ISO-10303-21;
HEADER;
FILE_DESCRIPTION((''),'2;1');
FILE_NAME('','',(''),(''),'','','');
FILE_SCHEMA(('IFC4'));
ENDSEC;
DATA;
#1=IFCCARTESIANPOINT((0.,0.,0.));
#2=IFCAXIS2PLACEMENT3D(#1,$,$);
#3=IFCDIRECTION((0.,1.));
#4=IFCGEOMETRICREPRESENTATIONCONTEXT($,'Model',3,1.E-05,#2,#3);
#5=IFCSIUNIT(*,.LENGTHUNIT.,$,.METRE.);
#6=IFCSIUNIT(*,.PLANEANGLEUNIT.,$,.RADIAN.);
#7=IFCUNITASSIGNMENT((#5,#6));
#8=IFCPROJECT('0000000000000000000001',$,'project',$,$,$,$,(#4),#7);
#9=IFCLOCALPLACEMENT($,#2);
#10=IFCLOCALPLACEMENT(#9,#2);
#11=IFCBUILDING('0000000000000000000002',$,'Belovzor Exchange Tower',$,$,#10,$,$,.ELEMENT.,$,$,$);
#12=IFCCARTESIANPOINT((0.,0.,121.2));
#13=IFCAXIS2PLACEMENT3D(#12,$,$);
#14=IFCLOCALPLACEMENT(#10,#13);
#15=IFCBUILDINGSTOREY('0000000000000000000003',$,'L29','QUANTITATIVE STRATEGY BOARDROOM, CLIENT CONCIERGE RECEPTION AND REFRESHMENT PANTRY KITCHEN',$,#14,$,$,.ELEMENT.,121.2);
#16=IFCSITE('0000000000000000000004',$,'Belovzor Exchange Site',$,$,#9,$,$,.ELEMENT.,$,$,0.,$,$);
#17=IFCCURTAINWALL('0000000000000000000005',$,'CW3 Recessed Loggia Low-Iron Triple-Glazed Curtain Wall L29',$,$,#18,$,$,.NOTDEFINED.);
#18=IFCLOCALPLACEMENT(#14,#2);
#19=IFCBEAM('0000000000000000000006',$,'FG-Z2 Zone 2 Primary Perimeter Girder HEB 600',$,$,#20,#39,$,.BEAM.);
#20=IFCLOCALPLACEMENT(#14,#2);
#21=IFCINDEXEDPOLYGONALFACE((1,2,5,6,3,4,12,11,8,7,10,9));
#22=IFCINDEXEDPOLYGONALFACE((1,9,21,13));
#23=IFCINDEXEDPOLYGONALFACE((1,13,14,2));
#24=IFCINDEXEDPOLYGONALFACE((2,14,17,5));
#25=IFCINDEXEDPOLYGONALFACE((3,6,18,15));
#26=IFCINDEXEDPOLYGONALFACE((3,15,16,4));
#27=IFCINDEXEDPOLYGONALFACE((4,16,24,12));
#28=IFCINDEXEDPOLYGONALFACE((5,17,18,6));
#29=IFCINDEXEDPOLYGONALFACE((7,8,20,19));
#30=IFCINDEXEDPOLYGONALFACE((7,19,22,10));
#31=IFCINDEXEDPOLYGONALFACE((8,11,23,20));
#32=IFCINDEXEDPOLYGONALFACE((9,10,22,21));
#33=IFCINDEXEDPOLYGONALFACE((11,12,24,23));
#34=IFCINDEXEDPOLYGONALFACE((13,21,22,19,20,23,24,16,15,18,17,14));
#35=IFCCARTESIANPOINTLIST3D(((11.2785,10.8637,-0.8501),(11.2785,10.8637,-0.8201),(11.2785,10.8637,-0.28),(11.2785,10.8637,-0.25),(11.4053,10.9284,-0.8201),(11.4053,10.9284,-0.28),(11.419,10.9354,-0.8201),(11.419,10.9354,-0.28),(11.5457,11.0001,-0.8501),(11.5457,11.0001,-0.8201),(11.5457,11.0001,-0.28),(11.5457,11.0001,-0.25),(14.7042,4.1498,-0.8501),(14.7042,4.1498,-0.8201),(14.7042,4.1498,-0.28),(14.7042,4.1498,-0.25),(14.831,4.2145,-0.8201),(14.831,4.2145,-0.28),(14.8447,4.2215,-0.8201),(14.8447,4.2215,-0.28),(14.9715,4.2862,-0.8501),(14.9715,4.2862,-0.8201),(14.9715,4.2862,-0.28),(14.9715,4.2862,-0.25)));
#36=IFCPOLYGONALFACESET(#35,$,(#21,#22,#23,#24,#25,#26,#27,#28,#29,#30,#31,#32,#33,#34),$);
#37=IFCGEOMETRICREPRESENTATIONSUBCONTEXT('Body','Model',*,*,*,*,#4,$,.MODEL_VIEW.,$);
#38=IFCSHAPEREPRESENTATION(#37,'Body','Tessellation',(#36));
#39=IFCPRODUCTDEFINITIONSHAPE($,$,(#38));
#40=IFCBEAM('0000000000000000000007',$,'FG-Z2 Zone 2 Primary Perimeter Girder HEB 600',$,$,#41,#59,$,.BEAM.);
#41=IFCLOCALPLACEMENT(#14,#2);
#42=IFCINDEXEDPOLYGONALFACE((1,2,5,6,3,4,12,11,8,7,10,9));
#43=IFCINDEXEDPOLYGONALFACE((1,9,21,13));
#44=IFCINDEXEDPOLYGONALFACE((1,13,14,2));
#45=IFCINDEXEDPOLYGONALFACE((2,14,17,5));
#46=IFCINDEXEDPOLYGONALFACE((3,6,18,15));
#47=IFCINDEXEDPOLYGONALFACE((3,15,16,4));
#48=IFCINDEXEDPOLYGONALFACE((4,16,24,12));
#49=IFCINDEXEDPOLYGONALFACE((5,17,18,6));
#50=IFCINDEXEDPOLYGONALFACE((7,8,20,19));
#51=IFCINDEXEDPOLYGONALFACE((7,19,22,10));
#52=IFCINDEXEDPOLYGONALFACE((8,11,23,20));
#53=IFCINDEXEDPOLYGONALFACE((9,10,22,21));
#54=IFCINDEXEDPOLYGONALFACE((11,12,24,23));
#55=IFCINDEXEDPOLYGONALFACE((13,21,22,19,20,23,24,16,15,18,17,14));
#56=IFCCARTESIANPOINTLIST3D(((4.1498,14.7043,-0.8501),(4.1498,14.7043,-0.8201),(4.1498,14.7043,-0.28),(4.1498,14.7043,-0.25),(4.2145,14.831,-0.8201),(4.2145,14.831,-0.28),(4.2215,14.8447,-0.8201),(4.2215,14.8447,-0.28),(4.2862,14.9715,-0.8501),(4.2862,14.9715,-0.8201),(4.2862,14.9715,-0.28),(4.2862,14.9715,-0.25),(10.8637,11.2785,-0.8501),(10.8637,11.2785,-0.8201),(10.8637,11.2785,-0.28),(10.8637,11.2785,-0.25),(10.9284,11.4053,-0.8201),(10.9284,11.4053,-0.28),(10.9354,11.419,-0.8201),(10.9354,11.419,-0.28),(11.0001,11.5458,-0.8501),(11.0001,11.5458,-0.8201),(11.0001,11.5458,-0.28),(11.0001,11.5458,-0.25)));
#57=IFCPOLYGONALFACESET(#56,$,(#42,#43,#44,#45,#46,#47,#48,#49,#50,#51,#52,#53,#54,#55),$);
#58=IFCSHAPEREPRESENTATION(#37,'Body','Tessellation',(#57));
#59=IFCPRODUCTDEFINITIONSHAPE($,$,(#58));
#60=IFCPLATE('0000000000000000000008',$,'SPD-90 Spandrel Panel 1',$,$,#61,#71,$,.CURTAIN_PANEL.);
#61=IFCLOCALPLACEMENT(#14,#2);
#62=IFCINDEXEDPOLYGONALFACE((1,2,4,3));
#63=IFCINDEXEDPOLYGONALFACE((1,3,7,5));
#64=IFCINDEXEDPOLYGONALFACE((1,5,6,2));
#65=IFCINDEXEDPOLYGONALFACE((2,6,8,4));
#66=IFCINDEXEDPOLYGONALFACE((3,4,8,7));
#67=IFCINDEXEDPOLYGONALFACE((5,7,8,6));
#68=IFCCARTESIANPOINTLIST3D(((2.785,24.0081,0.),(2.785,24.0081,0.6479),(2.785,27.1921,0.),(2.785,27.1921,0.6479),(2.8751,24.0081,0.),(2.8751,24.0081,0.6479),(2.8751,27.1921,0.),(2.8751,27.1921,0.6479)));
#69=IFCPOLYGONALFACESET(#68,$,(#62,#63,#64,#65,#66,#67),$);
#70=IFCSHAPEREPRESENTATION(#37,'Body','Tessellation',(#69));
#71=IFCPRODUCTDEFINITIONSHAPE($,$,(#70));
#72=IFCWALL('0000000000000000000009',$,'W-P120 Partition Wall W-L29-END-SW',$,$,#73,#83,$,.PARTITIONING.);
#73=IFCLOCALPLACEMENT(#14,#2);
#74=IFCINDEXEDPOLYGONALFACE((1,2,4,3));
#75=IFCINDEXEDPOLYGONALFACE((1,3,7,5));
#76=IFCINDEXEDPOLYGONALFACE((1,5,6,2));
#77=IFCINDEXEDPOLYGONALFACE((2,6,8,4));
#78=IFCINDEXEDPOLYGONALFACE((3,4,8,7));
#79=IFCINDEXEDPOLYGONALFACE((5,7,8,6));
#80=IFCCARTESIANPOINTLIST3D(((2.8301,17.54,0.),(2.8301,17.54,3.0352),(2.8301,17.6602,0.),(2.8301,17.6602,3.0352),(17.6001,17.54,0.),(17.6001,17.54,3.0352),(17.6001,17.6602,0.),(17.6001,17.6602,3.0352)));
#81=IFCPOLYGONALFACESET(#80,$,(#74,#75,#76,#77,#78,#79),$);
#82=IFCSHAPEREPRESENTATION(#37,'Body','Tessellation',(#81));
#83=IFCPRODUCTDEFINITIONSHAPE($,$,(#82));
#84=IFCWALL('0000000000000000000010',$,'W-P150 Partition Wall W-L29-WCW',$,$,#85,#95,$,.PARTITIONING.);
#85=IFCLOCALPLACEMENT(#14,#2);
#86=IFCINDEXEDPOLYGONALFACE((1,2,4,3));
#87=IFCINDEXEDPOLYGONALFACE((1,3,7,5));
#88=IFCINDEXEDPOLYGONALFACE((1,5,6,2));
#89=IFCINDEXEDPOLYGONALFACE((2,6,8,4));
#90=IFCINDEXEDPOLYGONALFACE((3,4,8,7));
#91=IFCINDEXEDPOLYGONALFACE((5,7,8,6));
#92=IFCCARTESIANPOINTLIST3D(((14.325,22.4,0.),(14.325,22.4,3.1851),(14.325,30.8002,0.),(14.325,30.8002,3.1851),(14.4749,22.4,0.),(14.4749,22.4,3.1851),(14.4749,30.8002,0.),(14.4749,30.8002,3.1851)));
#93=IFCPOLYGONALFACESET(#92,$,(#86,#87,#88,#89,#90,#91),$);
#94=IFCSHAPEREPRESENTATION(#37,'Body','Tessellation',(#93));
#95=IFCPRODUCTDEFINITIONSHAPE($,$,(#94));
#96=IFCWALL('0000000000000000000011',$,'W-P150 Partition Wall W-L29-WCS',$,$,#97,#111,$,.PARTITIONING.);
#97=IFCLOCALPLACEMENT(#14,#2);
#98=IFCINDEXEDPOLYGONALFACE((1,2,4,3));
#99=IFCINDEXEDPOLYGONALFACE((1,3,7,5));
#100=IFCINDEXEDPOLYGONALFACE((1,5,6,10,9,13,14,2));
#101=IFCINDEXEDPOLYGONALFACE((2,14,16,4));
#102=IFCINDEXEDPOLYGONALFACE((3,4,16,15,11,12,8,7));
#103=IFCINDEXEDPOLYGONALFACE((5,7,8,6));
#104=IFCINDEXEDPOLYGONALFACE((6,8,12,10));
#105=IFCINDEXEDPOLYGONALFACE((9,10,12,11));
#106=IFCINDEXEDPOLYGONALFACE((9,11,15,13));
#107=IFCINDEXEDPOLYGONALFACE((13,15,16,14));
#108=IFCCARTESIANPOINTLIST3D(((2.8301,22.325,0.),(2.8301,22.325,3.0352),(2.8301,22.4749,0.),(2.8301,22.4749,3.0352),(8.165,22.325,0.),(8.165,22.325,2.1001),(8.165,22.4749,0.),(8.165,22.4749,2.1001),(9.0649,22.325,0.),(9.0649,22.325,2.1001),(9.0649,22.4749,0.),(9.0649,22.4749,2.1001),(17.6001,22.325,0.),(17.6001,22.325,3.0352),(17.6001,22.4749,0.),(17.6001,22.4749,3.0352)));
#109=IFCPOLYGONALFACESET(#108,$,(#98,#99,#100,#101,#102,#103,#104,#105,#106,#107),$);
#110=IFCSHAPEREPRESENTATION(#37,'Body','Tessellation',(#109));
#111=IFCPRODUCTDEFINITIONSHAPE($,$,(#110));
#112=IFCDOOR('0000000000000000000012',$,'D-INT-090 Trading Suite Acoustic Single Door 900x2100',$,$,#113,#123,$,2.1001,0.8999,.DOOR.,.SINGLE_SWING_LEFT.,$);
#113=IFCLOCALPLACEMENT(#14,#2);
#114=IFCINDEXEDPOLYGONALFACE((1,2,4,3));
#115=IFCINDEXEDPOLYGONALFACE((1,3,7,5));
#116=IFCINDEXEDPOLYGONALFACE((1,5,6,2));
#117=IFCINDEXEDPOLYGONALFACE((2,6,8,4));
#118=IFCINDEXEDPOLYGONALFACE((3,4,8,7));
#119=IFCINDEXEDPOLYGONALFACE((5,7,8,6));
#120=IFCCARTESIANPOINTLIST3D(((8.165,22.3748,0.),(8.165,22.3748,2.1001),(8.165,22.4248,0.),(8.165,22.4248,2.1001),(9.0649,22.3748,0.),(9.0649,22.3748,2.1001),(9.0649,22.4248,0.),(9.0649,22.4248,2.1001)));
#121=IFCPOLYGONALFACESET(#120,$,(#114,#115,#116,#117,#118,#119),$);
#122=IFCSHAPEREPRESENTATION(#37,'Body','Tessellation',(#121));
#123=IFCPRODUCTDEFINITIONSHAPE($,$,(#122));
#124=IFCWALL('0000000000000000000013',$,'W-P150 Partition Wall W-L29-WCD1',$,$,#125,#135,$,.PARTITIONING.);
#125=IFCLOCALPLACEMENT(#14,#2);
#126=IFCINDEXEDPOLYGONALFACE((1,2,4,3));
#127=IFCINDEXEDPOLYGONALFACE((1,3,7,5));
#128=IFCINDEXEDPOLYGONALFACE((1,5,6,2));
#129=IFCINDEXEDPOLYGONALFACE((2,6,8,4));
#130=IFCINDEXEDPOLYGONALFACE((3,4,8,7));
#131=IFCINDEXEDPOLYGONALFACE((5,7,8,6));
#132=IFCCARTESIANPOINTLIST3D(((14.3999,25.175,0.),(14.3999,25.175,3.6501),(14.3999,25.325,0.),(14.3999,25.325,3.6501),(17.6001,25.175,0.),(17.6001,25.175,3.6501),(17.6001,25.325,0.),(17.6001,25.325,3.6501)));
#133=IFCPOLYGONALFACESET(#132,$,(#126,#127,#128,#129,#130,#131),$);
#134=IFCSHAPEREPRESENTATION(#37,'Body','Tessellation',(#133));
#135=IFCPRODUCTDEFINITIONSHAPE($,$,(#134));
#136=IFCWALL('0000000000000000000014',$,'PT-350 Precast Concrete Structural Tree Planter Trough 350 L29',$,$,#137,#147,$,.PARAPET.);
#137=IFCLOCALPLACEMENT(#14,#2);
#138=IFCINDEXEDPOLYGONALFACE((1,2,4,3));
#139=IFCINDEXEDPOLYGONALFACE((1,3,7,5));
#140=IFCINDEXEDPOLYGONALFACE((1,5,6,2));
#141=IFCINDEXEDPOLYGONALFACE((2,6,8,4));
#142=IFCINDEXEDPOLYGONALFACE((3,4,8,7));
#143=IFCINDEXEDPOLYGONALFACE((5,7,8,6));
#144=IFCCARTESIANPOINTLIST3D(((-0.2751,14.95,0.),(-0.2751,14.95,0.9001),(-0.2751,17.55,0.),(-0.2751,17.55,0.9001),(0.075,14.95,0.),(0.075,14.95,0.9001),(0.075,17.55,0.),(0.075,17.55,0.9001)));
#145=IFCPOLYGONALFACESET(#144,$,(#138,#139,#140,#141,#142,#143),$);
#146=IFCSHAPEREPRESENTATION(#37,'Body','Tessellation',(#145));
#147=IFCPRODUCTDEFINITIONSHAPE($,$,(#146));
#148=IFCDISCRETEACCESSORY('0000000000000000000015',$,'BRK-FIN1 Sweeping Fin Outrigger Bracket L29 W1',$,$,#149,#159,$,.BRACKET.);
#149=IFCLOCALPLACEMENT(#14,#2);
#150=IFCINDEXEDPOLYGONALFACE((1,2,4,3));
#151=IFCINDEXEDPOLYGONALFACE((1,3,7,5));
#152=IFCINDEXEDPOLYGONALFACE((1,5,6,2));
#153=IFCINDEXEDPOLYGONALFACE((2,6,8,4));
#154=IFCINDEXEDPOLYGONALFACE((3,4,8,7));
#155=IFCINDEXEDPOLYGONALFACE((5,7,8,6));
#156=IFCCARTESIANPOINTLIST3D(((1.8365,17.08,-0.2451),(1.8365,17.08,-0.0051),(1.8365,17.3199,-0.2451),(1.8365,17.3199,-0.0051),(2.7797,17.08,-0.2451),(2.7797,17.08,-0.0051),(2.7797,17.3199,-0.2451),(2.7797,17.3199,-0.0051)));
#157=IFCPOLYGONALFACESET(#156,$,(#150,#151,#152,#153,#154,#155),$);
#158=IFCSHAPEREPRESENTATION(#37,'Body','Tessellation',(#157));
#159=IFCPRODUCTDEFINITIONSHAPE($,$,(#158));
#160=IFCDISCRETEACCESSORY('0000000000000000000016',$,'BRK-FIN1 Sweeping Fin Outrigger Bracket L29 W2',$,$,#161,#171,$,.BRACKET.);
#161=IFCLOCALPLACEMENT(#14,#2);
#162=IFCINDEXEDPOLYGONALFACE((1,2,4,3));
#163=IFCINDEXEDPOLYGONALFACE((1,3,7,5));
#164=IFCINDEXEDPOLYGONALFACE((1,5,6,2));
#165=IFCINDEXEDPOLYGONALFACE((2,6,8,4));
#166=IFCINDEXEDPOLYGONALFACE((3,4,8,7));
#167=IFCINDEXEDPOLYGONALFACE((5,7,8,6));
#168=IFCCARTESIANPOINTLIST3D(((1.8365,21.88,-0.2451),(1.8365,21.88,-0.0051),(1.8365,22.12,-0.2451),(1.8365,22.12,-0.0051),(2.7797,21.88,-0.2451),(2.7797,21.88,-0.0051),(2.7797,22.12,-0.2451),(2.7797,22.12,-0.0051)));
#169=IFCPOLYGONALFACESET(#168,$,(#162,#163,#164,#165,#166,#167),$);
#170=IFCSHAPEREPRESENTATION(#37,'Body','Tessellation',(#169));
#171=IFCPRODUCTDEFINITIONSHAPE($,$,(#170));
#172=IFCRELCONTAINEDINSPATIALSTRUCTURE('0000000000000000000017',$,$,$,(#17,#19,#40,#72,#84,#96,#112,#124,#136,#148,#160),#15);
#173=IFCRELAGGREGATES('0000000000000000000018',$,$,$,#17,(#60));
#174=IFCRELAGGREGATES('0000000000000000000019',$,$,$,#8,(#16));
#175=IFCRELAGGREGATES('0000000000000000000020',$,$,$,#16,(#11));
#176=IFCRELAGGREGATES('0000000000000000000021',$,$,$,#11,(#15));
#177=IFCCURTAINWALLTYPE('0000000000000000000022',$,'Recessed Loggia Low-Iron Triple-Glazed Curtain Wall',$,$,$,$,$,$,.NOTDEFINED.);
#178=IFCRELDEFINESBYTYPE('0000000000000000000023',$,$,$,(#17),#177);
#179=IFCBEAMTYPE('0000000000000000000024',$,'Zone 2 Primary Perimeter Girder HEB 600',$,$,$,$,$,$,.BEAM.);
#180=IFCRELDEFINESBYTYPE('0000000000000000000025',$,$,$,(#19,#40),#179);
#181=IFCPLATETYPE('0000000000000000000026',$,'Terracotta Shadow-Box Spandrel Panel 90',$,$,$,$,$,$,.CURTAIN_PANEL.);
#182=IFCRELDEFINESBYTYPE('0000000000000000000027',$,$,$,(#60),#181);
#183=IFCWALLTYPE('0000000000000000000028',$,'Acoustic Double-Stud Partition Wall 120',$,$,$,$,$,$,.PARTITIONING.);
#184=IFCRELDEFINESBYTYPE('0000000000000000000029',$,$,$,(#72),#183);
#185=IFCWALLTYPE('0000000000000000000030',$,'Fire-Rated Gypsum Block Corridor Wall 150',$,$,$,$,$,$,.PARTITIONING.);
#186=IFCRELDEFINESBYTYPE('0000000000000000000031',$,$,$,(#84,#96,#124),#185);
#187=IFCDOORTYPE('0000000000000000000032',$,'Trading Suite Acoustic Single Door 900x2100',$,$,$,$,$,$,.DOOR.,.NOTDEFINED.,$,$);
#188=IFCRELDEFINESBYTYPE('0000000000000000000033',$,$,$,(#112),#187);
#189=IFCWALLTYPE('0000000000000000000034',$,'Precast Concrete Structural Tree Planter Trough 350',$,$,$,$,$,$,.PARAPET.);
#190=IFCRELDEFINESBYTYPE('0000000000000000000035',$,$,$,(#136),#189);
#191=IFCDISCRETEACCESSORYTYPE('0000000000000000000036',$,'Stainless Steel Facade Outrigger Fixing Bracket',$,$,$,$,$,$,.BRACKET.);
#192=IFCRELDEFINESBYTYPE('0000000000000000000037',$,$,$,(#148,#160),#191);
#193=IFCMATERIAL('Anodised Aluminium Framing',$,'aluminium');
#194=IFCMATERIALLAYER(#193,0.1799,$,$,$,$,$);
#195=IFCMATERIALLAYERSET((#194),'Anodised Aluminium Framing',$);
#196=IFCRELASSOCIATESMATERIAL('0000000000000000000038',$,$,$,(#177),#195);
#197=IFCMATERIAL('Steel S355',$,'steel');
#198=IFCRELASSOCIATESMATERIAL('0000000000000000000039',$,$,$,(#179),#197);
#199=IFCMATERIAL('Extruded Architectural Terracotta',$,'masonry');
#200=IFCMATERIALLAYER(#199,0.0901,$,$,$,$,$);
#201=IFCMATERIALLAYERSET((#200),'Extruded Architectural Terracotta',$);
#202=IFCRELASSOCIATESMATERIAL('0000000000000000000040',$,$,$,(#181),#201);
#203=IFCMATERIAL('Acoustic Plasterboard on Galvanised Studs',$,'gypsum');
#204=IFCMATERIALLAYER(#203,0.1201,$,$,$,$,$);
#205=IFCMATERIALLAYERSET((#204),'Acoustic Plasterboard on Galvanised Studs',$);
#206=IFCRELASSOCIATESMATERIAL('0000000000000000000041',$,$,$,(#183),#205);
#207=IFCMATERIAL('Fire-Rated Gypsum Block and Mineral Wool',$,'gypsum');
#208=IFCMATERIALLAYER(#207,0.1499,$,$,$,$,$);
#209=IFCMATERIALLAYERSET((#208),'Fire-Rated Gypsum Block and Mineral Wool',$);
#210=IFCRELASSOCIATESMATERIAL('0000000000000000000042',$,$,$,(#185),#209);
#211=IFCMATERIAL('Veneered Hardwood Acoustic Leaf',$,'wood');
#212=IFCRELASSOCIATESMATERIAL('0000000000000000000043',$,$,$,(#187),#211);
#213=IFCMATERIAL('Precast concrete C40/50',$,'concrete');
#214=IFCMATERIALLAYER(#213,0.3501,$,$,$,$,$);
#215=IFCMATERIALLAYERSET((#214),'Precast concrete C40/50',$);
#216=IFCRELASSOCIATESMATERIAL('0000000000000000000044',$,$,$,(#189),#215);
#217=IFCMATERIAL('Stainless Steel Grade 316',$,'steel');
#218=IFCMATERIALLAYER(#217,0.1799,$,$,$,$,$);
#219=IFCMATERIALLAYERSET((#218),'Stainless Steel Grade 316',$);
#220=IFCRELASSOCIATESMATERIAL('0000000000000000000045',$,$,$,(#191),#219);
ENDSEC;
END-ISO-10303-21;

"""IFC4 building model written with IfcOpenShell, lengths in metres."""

from ifc_helpers import new_model, si_unit, direction, frame, frame_2d, origin, origin_2d, place, context, subcontext, project, spatial, rectangle, i_section, extrude, material, layer, layer_set, material_profile, profile_set, type_object, element, fill, aggregate, save


model = new_model("IFC4")

# Units and contexts
model_context = context("Model", 3, precision=1e-05, world=origin(), true_north=direction((0.0, 1.0)))
body_context = subcontext(model_context, "Body", "Model", "MODEL_VIEW")
ifc_project = project(units=[si_unit("LENGTHUNIT", "METRE"), si_unit("PLANEANGLEUNIT", "RADIAN")], contexts=[model_context])

# Site, building, storey
site_placement = place(None, origin())
site = spatial("IfcSite", under=ifc_project, at=site_placement, Name="Belovzor Exchange Site", CompositionType="ELEMENT", RefElevation=0.0)
building_placement = place(site_placement, origin())
building = spatial("IfcBuilding", under=site, at=building_placement, Name="Belovzor Exchange Tower", CompositionType="ELEMENT")
storey_placement = place(building_placement, frame((0.0, 0.0, 121.2)))
storey = spatial("IfcBuildingStorey", under=building, at=storey_placement, Name="L29", Description="QUANTITATIVE STRATEGY BOARDROOM, CLIENT CONCIERGE RECEPTION AND REFRESHMENT PANTRY KITCHEN", CompositionType="ELEMENT", Elevation=121.2)

# Curtain wall
ifc_material_1 = material(Name="Anodised Aluminium Framing", Category="aluminium")
ifc_layer_1 = layer(ifc_material_1, 0.1799)
ifc_layer_set_1 = layer_set([ifc_layer_1], Name="Anodised Aluminium Framing")
curtain_wall_type = type_object("IfcCurtainWallType", Name="Recessed Loggia Low-Iron Triple-Glazed Curtain Wall", PredefinedType="NOTDEFINED", material=ifc_layer_set_1)
curtain_wall_placement = place(storey_placement, origin())
curtain_wall = element("IfcCurtainWall", 1, at=curtain_wall_placement, inside=storey, type_object=curtain_wall_type, Name="CW3 Recessed Loggia Low-Iron Triple-Glazed Curtain Wall L29", PredefinedType="NOTDEFINED")

# Beams
ifc_material_2 = material(Name="Steel S355", Category="steel")
ifc_material_profile_1 = material_profile(ifc_material_2, i_section(OverallWidth=0.3, OverallDepth=0.6001, WebThickness=0.0154, FlangeThickness=0.03, at=origin_2d()))
ifc_profile_set_1 = profile_set([ifc_material_profile_1], Name="Steel S355")
beam_type_1 = type_object("IfcBeamType", Name="Zone 2 Primary Perimeter Girder HEB 600", PredefinedType="BEAM", material=ifc_profile_set_1)
for number, where, z_axis, x_axis, name in (
    (2, (11.4121, 10.9319, -0.55), (0.454506, -0.890744, 0.0), (0.890744, 0.454506, 0.0), "FG-Z2 Zone 2 Primary Perimeter Girder HEB 600"),
    (3, (4.218, 14.8379, -0.55), (0.890744, -0.454506, 0.0), (0.454506, 0.890744, 0.0), "FG-Z2 Zone 2 Primary Perimeter Girder HEB 600"),
):
    element("IfcBeam", number, at=place(storey_placement, frame(where, z_axis=z_axis, x_axis=x_axis)), inside=storey, type_object=beam_type_1, Name=name, PredefinedType="BEAM", context=body_context, shape_type="SweptSolid", body=[
        extrude(i_section(OverallWidth=0.3, OverallDepth=0.6001, WebThickness=0.0154, FlangeThickness=0.03, at=origin_2d()), origin(), (0.0, 0.0, 1.0), 7.5374),
    ])

# Plate
ifc_material_3 = material(Name="Extruded Architectural Terracotta", Category="masonry")
ifc_layer_2 = layer(ifc_material_3, 0.0901)
ifc_layer_set_2 = layer_set([ifc_layer_2], Name="Extruded Architectural Terracotta")
plate_type = type_object("IfcPlateType", Name="Terracotta Shadow-Box Spandrel Panel 90", PredefinedType="CURTAIN_PANEL", material=ifc_layer_set_2)
plate_placement = place(storey_placement, frame((2.8301, 25.6001, 0.0), z_axis=(0.0, 0.0, 1.0), x_axis=(0.0, 1.0, 0.0)))
plate = element("IfcPlate", 4, at=plate_placement, type_object=plate_type, Name="SPD-90 Spandrel Panel 1", PredefinedType="CURTAIN_PANEL", context=body_context, shape_type="SweptSolid", body=[
    extrude(rectangle(XDim=3.1841, YDim=0.0901, at=origin_2d()), origin(), (0.0, 0.0, 1.0), 0.6479),
])
aggregate(curtain_wall, [plate])

# Walls
ifc_material_4 = material(Name="Acoustic Plasterboard on Galvanised Studs", Category="gypsum")
ifc_layer_3 = layer(ifc_material_4, 0.1201)
ifc_layer_set_3 = layer_set([ifc_layer_3], Name="Acoustic Plasterboard on Galvanised Studs")
wall_type_1 = type_object("IfcWallType", Name="Acoustic Double-Stud Partition Wall 120", PredefinedType="PARTITIONING", material=ifc_layer_set_3)
wall_1_placement = place(storey_placement, frame((2.8301, 17.6001, 0.0), z_axis=(0.0, 0.0, 1.0), x_axis=(1.0, 0.0, 0.0)))
element("IfcWall", 5, at=wall_1_placement, inside=storey, type_object=wall_type_1, Name="W-P120 Partition Wall W-L29-END-SW", PredefinedType="PARTITIONING", context=body_context, shape_type="SweptSolid", body=[
    extrude(rectangle(XDim=14.77, YDim=0.1201, at=frame_2d((7.385, 0.0))), origin(), (0.0, 0.0, 1.0), 3.0352),
])
ifc_material_5 = material(Name="Fire-Rated Gypsum Block and Mineral Wool", Category="gypsum")
ifc_layer_4 = layer(ifc_material_5, 0.1499)
ifc_layer_set_4 = layer_set([ifc_layer_4], Name="Fire-Rated Gypsum Block and Mineral Wool")
wall_type_2 = type_object("IfcWallType", Name="Fire-Rated Gypsum Block Corridor Wall 150", PredefinedType="PARTITIONING", material=ifc_layer_set_4)
wall_2_placement = place(storey_placement, frame((14.3999, 22.3999, 0.0), z_axis=(0.0, 0.0, 1.0), x_axis=(0.0, 1.0, 0.0)))
element("IfcWall", 6, at=wall_2_placement, inside=storey, type_object=wall_type_2, Name="W-P150 Partition Wall W-L29-WCW", PredefinedType="PARTITIONING", context=body_context, shape_type="SweptSolid", body=[
    extrude(rectangle(XDim=8.4001, YDim=0.1499, at=frame_2d((4.2002, 0.0))), origin(), (0.0, 0.0, 1.0), 3.1851),
])

# Wall, opening, door
wall_3_placement = place(storey_placement, frame((2.8301, 22.3999, 0.0), z_axis=(0.0, 0.0, 1.0), x_axis=(1.0, 0.0, 0.0)))
wall_3 = element("IfcWall", 7, at=wall_3_placement, inside=storey, type_object=wall_type_2, Name="W-P150 Partition Wall W-L29-WCS", PredefinedType="PARTITIONING", context=body_context, shape_type="SweptSolid", body=[
    extrude(rectangle(XDim=14.77, YDim=0.1499, at=frame_2d((7.385, 0.0))), origin(), (0.0, 0.0, 1.0), 3.0352),
])
opening_placement = place(wall_3_placement, frame((5.335, 0.0, 0.0)))
opening = element("IfcOpeningElement", 8, at=opening_placement, cuts=wall_3, PredefinedType="OPENING", context=body_context, shape_type="SweptSolid", body=[
    extrude(rectangle(XDim=0.8999, YDim=2.1001, at=frame_2d((0.45, 1.05))), frame((0.0, 0.085, 0.0), z_axis=(0.0, -1.0, 0.0), x_axis=(1.0, 0.0, 0.0)), (0.0, 0.0, 1.0), 0.1699),
])
ifc_material_6 = material(Name="Veneered Hardwood Acoustic Leaf", Category="wood")
door_type = type_object("IfcDoorType", Name="Trading Suite Acoustic Single Door 900x2100", OperationType="NOTDEFINED", PredefinedType="DOOR", material=ifc_material_6)
door_placement = place(opening_placement, origin())
door = element("IfcDoor", 9, at=door_placement, inside=storey, type_object=door_type, Name="D-INT-090 Trading Suite Acoustic Single Door 900x2100", OperationType="SINGLE_SWING_LEFT", OverallHeight=2.1001, OverallWidth=0.8999, PredefinedType="DOOR", context=body_context, shape_type="SweptSolid", body=[
    extrude(rectangle(XDim=0.8999, YDim=2.1001, at=frame_2d((0.45, 1.05))), frame((0.0, 0.0249, 0.0), z_axis=(0.0, -1.0, 0.0), x_axis=(1.0, 0.0, 0.0)), (0.0, 0.0, 1.0), 0.05),
])
fill(opening, door)

# Walls
wall_4_placement = place(storey_placement, frame((14.3999, 25.25, 0.0), z_axis=(0.0, 0.0, 1.0), x_axis=(1.0, 0.0, 0.0)))
element("IfcWall", 10, at=wall_4_placement, inside=storey, type_object=wall_type_2, Name="W-P150 Partition Wall W-L29-WCD1", PredefinedType="PARTITIONING", context=body_context, shape_type="SweptSolid", body=[
    extrude(rectangle(XDim=3.2002, YDim=0.1499, at=frame_2d((1.6001, 0.0))), origin(), (0.0, 0.0, 1.0), 3.6501),
])
ifc_material_7 = material(Name="Precast concrete C40/50", Category="concrete")
ifc_layer_5 = layer(ifc_material_7, 0.3501)
ifc_layer_set_5 = layer_set([ifc_layer_5], Name="Precast concrete C40/50")
wall_type_3 = type_object("IfcWallType", Name="Precast Concrete Structural Tree Planter Trough 350", PredefinedType="PARAPET", material=ifc_layer_set_5)
wall_5_placement = place(storey_placement, frame((-0.1001, 14.95, 0.0), z_axis=(0.0, 0.0, 1.0), x_axis=(0.0, 1.0, 0.0)))
element("IfcWall", 11, at=wall_5_placement, inside=storey, type_object=wall_type_3, Name="PT-350 Precast Concrete Structural Tree Planter Trough 350 L29", PredefinedType="PARAPET", context=body_context, shape_type="SweptSolid", body=[
    extrude(rectangle(XDim=2.6001, YDim=0.3501, at=frame_2d((1.3, 0.0))), origin(), (0.0, 0.0, 1.0), 0.9001),
])

# Discrete accessories
ifc_material_8 = material(Name="Stainless Steel Grade 316", Category="steel")
ifc_layer_6 = layer(ifc_material_8, 0.1799)
ifc_layer_set_6 = layer_set([ifc_layer_6], Name="Stainless Steel Grade 316")
discrete_accessory_type = type_object("IfcDiscreteAccessoryType", Name="Stainless Steel Facade Outrigger Fixing Bracket", PredefinedType="BRACKET", material=ifc_layer_set_6)
for number, where, z_axis, x_axis, name in (
    (12, (2.3081, 17.2, -0.2451), (0.0, 0.0, 1.0), (1.0, 0.0, 0.0), "BRK-FIN1 Sweeping Fin Outrigger Bracket L29 W1"),
    (13, (2.3081, 22.0, -0.2451), (0.0, 0.0, 1.0), (1.0, 0.0, 0.0), "BRK-FIN1 Sweeping Fin Outrigger Bracket L29 W2"),
):
    element("IfcDiscreteAccessory", number, at=place(storey_placement, frame(where, z_axis=z_axis, x_axis=x_axis)), inside=storey, type_object=discrete_accessory_type, Name=name, PredefinedType="BRACKET", context=body_context, shape_type="SweptSolid", body=[
        extrude(rectangle(XDim=0.9431, YDim=0.24, at=origin_2d()), origin(), (0.0, 0.0, 1.0), 0.24),
    ])

save(model, "model.ifc")
